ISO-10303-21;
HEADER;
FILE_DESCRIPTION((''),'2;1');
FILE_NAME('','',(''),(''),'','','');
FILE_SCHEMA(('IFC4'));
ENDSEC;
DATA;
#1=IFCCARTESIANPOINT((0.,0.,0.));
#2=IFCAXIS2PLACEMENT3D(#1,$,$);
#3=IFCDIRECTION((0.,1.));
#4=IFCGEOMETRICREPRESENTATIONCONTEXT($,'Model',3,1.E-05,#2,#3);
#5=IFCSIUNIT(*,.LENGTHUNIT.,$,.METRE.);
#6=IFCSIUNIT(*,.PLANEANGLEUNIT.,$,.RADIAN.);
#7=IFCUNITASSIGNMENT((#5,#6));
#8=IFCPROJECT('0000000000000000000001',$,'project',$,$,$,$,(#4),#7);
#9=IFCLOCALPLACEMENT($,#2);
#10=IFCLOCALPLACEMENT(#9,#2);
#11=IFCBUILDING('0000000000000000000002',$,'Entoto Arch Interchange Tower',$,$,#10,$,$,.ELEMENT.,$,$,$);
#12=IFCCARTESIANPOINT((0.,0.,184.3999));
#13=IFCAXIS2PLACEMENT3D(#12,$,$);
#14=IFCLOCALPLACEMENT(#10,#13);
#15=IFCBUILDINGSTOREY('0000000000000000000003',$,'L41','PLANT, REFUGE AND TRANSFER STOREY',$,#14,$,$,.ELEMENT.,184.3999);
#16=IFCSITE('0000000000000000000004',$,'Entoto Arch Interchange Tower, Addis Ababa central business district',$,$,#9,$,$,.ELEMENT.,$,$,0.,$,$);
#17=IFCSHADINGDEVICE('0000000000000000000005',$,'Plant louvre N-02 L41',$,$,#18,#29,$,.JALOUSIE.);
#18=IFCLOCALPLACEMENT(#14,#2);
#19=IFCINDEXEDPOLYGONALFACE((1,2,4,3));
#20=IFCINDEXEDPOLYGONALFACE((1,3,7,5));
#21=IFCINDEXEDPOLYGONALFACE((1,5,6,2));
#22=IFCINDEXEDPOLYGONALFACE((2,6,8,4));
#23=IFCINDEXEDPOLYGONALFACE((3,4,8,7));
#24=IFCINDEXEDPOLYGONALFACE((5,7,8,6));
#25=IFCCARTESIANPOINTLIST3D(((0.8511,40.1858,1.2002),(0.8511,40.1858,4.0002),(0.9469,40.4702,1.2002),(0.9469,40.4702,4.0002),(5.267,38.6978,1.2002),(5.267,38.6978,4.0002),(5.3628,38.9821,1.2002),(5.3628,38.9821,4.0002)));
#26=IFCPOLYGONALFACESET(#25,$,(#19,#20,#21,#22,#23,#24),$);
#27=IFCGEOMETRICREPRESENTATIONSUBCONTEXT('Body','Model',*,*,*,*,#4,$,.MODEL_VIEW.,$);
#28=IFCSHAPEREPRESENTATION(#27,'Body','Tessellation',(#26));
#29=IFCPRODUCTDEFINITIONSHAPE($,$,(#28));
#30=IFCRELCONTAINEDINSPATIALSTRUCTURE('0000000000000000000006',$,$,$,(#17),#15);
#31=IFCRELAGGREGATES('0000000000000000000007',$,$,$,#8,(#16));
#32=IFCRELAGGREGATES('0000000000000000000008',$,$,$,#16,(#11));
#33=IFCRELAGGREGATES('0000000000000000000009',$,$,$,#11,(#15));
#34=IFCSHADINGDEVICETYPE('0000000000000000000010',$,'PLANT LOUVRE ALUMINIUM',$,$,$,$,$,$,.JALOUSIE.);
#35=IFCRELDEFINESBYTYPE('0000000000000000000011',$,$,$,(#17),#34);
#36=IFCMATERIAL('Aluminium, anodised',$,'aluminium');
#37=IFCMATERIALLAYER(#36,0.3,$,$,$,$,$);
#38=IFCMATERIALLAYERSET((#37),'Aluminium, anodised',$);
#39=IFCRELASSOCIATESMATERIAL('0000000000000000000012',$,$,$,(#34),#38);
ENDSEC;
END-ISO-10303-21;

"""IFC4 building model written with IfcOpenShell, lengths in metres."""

from ifc_helpers import new_model, si_unit, direction, frame, origin, origin_2d, place, context, subcontext, project, spatial, rectangle, extrude, material, layer, layer_set, type_object, element, save


model = new_model("IFC4")

# Units and contexts
model_context = context("Model", 3, precision=1e-05, world=origin(), true_north=direction((0.0, 1.0)))
body_context = subcontext(model_context, "Body", "Model", "MODEL_VIEW")
ifc_project = project(units=[si_unit("LENGTHUNIT", "METRE"), si_unit("PLANEANGLEUNIT", "RADIAN")], contexts=[model_context])

# Site, building, storey
site_placement = place(None, origin())
site = spatial("IfcSite", under=ifc_project, at=site_placement, Name="Entoto Arch Interchange Tower, Addis Ababa central business district", CompositionType="ELEMENT", RefElevation=0.0)
building_placement = place(site_placement, origin())
building = spatial("IfcBuilding", under=site, at=building_placement, Name="Entoto Arch Interchange Tower", CompositionType="ELEMENT")
storey_placement = place(building_placement, frame((0.0, 0.0, 184.3999)))
storey = spatial("IfcBuildingStorey", under=building, at=storey_placement, Name="L41", Description="PLANT, REFUGE AND TRANSFER STOREY", CompositionType="ELEMENT", Elevation=184.3999)

# Shading device
ifc_material_1 = material(Name="Aluminium, anodised", Category="aluminium")
ifc_layer_1 = layer(ifc_material_1, 0.3)
ifc_layer_set_1 = layer_set([ifc_layer_1], Name="Aluminium, anodised")
shading_device_type = type_object("IfcShadingDeviceType", Name="PLANT LOUVRE ALUMINIUM", PredefinedType="JALOUSIE", material=ifc_layer_set_1)
shading_device_1_placement = place(storey_placement, frame((3.1069, 39.584, 1.2002), z_axis=(0.0, 0.0, 1.0), x_axis=(-0.947646, 0.319323, 0.0)))
element("IfcShadingDevice", 1, at=shading_device_1_placement, inside=storey, type_object=shading_device_type, Name="Plant louvre N-02 L41", PredefinedType="JALOUSIE", context=body_context, shape_type="SweptSolid", body=[
    extrude(rectangle(XDim=4.6599, YDim=0.3, at=origin_2d()), origin(), (0.0, 0.0, 1.0), 2.8),
])

save(model, "model.ifc")
